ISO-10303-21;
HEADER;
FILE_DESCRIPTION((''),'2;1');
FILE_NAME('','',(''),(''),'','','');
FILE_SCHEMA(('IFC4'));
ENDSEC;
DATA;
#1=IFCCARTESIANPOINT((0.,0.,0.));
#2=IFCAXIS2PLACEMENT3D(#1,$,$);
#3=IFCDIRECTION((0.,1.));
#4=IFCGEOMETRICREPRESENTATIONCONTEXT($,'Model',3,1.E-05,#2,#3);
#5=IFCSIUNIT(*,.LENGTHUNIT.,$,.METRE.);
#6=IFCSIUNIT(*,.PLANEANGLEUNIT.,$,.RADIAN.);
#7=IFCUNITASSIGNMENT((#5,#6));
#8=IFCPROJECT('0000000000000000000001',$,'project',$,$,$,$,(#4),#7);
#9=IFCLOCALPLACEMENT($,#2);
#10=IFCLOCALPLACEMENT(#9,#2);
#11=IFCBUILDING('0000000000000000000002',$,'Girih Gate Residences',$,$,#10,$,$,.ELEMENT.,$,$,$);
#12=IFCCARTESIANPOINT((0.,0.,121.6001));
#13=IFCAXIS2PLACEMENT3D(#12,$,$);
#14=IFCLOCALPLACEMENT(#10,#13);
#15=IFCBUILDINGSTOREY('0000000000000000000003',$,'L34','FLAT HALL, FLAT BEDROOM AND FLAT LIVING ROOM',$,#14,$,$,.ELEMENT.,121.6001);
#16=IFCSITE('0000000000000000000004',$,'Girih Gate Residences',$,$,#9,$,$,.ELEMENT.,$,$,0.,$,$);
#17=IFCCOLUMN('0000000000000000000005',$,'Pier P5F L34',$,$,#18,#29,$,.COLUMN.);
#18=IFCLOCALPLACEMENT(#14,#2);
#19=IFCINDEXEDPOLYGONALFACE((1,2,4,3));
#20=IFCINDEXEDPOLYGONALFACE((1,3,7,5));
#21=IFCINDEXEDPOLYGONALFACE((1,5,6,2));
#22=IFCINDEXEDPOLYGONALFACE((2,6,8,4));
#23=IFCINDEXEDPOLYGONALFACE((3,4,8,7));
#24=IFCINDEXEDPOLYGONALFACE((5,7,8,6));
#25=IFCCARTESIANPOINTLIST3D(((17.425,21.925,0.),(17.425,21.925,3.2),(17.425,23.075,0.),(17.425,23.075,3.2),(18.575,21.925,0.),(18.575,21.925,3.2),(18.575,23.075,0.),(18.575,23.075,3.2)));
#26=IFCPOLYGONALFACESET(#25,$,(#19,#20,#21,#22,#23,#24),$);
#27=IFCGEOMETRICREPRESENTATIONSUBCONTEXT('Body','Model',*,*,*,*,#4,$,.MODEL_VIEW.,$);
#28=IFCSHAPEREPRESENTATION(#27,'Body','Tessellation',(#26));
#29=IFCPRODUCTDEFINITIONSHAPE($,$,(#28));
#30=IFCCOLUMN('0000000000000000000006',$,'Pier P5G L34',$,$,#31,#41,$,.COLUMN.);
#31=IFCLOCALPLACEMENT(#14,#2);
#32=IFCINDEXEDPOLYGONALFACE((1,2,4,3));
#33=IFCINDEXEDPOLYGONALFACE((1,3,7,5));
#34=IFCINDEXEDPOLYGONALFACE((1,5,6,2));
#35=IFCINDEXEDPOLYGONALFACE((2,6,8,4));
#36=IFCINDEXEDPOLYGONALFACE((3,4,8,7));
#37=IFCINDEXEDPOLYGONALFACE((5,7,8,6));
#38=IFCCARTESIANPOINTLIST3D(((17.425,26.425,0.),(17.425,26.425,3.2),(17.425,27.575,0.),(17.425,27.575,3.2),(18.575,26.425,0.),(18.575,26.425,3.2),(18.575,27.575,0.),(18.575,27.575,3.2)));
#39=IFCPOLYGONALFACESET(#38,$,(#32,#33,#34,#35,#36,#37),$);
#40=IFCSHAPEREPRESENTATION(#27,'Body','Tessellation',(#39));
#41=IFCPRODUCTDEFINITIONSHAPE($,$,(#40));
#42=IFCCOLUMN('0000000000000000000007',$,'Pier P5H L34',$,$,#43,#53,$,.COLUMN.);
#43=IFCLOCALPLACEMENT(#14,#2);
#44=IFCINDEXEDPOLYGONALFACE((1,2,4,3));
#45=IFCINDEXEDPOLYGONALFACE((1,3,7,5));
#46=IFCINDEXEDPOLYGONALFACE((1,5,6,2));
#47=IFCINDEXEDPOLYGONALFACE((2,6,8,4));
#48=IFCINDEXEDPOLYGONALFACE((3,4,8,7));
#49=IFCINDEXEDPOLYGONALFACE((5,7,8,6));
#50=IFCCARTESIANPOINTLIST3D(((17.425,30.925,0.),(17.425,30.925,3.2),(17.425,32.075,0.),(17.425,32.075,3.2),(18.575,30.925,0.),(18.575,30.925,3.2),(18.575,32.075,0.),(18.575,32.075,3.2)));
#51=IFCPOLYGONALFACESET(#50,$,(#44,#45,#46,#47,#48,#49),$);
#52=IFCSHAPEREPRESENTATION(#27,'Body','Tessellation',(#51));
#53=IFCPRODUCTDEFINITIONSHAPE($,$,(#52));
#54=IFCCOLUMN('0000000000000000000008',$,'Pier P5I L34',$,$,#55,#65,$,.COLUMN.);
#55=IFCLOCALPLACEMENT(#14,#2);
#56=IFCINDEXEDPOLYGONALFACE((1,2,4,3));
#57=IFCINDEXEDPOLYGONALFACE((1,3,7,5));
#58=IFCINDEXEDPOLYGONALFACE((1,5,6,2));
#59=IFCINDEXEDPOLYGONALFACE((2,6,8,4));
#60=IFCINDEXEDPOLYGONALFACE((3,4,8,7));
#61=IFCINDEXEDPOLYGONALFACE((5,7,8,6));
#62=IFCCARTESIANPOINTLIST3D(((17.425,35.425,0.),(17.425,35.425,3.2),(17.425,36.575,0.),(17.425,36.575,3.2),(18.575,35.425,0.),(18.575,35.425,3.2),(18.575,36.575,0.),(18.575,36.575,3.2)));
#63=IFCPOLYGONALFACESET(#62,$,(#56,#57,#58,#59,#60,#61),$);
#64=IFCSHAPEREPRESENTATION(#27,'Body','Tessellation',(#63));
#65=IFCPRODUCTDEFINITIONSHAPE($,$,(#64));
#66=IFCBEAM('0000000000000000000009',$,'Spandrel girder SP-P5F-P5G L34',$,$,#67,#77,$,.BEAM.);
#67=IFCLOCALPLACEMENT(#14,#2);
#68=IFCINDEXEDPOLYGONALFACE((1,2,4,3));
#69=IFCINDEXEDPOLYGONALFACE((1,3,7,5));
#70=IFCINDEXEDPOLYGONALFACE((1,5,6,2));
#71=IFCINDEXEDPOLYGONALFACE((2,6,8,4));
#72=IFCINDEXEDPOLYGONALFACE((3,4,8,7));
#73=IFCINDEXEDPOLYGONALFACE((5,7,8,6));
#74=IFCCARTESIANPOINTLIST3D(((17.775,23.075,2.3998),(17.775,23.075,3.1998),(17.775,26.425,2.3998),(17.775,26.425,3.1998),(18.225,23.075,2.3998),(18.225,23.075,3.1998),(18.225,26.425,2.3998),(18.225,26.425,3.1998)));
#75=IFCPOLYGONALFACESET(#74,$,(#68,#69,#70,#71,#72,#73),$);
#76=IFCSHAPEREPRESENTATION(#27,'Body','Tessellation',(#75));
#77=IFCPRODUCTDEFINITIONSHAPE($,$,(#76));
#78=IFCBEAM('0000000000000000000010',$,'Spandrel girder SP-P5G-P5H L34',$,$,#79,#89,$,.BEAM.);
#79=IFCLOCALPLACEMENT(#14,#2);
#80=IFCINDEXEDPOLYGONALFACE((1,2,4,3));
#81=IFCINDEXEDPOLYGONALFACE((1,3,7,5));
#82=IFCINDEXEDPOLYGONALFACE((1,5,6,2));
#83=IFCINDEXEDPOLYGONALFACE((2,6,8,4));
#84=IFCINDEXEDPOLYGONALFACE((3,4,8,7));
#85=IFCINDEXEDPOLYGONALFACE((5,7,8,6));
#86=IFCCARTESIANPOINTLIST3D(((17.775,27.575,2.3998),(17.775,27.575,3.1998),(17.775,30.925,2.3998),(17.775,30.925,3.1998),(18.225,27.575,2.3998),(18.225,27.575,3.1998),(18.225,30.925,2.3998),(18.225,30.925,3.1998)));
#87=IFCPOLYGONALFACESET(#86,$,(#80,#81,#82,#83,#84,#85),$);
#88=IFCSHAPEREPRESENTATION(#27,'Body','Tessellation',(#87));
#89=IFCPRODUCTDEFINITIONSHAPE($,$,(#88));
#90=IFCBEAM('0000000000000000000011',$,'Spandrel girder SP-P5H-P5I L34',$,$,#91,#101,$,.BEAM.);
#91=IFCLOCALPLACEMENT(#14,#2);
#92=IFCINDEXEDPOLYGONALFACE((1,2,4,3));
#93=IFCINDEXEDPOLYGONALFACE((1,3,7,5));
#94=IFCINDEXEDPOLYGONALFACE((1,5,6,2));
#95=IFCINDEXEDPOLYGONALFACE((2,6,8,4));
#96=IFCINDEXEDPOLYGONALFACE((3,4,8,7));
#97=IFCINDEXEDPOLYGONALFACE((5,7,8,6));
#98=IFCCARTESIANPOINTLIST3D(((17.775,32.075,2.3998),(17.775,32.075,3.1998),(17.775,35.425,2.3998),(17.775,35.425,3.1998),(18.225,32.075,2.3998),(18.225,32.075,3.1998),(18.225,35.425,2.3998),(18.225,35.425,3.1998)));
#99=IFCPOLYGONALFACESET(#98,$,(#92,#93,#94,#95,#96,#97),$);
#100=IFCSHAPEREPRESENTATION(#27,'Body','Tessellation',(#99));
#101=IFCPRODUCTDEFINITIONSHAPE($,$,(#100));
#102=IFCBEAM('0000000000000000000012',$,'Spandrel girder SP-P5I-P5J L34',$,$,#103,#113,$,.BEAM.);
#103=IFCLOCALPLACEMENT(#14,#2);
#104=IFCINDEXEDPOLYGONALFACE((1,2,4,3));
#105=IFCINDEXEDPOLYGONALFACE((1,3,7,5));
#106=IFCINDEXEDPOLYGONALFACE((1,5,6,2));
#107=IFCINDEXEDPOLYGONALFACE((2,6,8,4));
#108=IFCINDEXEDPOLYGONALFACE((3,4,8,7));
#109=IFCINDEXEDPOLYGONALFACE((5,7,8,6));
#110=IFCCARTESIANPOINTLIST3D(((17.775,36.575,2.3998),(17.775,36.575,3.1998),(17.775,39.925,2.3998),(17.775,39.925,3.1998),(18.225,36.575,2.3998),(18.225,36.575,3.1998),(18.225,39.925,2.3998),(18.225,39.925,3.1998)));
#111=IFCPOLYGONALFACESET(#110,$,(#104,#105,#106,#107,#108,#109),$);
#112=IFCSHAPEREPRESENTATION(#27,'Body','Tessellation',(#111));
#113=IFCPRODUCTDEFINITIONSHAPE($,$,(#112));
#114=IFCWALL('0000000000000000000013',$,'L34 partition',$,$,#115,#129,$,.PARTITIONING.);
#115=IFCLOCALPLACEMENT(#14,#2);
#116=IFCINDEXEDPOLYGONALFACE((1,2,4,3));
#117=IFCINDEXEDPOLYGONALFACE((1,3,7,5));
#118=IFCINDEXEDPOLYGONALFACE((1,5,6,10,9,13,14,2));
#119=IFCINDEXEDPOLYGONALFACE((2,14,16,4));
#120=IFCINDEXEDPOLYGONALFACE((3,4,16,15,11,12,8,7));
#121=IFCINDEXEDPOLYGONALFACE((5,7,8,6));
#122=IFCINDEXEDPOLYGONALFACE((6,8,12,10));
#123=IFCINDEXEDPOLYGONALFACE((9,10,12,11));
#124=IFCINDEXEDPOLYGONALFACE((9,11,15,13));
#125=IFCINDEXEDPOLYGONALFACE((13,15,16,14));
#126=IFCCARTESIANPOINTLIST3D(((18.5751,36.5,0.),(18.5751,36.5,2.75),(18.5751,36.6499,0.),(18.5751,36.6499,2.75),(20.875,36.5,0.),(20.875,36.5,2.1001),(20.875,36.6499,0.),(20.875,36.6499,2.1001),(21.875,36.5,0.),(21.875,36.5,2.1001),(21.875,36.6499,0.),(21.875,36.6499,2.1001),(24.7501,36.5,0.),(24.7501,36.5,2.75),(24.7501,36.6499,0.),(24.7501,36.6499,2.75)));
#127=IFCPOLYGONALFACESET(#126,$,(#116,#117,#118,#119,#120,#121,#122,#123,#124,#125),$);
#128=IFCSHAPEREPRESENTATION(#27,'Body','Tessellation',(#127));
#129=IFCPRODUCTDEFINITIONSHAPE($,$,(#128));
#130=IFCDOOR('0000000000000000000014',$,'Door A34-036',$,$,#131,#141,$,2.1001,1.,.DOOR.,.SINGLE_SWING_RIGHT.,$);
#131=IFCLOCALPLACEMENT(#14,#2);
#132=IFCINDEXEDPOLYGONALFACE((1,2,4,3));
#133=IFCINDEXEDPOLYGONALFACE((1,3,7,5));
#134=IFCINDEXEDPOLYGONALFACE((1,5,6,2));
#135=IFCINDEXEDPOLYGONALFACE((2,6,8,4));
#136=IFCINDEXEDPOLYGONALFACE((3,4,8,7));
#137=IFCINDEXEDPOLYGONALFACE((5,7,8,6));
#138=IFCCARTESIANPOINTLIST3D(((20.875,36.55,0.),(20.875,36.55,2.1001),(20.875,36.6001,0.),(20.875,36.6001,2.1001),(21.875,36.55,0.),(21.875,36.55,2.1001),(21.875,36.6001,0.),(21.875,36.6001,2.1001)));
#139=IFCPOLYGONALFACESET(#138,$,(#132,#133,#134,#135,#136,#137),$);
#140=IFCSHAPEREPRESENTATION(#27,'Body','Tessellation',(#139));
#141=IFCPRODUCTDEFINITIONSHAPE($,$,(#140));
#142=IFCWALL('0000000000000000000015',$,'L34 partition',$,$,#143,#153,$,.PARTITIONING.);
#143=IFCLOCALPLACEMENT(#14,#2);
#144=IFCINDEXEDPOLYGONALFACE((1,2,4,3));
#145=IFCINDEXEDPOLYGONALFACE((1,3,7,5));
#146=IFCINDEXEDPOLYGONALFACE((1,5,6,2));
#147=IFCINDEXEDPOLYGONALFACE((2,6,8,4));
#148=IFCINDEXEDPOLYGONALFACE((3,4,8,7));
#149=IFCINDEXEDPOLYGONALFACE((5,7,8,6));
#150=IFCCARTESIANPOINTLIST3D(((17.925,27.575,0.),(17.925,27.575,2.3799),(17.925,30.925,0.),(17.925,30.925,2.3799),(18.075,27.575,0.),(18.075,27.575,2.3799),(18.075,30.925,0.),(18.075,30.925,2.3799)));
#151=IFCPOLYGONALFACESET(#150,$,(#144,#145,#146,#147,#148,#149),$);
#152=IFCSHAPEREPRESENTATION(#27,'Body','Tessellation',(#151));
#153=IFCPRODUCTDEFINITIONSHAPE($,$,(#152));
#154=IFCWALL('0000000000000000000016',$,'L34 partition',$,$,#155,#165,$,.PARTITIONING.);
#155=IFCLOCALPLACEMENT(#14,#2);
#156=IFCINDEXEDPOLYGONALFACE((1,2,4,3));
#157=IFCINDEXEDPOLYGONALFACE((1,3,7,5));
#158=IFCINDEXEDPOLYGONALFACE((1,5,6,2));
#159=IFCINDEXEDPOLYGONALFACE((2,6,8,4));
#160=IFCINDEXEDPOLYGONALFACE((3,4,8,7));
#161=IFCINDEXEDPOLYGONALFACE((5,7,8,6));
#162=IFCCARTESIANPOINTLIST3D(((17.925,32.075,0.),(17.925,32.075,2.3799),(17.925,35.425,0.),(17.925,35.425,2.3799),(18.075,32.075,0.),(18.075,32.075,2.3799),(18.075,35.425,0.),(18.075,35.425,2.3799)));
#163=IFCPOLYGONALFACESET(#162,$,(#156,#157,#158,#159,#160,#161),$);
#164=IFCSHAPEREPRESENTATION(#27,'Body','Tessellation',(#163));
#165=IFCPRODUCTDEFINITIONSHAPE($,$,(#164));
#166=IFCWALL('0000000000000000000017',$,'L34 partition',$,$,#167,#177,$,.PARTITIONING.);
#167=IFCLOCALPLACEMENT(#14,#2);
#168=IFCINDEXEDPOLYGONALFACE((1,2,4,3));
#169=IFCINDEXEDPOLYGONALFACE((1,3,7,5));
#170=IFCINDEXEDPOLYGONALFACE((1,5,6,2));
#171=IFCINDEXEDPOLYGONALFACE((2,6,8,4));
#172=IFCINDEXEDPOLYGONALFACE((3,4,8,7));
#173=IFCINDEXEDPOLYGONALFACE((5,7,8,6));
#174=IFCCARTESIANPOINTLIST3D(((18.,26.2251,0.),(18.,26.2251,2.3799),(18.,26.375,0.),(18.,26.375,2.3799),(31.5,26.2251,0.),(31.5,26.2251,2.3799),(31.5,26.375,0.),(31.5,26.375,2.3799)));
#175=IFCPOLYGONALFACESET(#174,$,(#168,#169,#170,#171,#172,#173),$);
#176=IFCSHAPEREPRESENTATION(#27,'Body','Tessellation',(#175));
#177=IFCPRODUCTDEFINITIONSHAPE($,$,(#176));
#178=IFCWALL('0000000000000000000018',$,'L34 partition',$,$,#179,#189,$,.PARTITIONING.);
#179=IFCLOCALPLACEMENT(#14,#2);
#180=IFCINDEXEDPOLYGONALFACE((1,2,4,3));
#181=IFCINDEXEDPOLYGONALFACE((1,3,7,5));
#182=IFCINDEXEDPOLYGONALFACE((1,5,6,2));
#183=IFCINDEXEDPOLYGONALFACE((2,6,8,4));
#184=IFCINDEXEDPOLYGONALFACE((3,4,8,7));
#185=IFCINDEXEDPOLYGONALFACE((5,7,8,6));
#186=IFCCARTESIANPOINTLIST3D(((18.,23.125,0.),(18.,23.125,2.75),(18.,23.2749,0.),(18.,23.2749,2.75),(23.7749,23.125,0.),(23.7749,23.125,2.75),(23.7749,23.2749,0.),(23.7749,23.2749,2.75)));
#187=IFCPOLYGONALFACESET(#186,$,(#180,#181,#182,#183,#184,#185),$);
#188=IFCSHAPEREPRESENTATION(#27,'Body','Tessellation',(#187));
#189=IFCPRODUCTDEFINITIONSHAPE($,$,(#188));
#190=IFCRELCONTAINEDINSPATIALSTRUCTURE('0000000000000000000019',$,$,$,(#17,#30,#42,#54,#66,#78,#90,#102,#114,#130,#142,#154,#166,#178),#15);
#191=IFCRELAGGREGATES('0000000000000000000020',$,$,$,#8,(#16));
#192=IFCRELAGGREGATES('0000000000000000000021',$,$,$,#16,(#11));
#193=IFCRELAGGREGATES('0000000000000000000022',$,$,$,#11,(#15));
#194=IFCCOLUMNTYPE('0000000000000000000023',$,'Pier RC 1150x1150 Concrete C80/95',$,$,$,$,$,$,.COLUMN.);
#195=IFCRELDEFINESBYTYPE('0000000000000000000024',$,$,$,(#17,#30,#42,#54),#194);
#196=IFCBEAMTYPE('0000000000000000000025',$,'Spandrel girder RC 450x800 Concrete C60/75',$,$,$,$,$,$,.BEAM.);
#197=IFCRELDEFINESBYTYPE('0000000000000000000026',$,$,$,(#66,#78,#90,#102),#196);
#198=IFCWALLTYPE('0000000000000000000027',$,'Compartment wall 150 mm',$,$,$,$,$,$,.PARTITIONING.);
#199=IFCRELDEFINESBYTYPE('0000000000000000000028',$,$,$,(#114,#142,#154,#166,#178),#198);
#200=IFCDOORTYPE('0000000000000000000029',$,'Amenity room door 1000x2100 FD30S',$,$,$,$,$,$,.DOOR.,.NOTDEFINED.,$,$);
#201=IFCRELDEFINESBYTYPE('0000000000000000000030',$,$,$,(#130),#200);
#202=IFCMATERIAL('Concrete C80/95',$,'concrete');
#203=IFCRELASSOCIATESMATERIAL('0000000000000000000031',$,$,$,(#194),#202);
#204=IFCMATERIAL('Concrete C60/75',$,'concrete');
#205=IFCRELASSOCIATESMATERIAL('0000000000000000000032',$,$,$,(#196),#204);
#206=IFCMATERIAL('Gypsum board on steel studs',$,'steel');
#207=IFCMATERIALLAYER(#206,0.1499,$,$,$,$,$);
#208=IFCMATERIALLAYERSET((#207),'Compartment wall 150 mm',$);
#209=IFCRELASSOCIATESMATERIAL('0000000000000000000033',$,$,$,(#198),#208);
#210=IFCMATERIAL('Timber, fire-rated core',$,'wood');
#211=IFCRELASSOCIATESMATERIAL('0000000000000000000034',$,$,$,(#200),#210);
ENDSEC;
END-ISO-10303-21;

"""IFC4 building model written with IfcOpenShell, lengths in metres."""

from ifc_helpers import new_model, si_unit, direction, frame, frame_2d, origin, origin_2d, place, context, subcontext, project, spatial, rectangle, extrude, material, layer, layer_set, material_profile, profile_set, type_object, element, fill, save


model = new_model("IFC4")

# Units and contexts
model_context = context("Model", 3, precision=1e-05, world=origin(), true_north=direction((0.0, 1.0)))
body_context = subcontext(model_context, "Body", "Model", "MODEL_VIEW")
ifc_project = project(units=[si_unit("LENGTHUNIT", "METRE"), si_unit("PLANEANGLEUNIT", "RADIAN")], contexts=[model_context])

# Site, building, storey
site_placement = place(None, origin())
site = spatial("IfcSite", under=ifc_project, at=site_placement, Name="Girih Gate Residences", CompositionType="ELEMENT", RefElevation=0.0)
building_placement = place(site_placement, origin())
building = spatial("IfcBuilding", under=site, at=building_placement, Name="Girih Gate Residences", CompositionType="ELEMENT")
storey_placement = place(building_placement, frame((0.0, 0.0, 121.6001)))
storey = spatial("IfcBuildingStorey", under=building, at=storey_placement, Name="L34", Description="FLAT HALL, FLAT BEDROOM AND FLAT LIVING ROOM", CompositionType="ELEMENT", Elevation=121.6001)

# Columns
ifc_material_1 = material(Name="Concrete C80/95", Category="concrete")
ifc_material_profile_1 = material_profile(ifc_material_1, rectangle(XDim=1.1499, YDim=1.1499, at=origin_2d()))
ifc_profile_set_1 = profile_set([ifc_material_profile_1], Name="Concrete C80/95")
column_type = type_object("IfcColumnType", Name="Pier RC 1150x1150 Concrete C80/95", PredefinedType="COLUMN", material=ifc_profile_set_1)
for number, where, z_axis, x_axis, name in (
    (1, (18.0, 22.5, 0.0), (0.0, 0.0, 1.0), (1.0, 0.0, 0.0), "Pier P5F L34"),
    (2, (18.0, 27.0, 0.0), (0.0, 0.0, 1.0), (1.0, 0.0, 0.0), "Pier P5G L34"),
    (3, (18.0, 31.5, 0.0), (0.0, 0.0, 1.0), (1.0, 0.0, 0.0), "Pier P5H L34"),
    (4, (18.0, 36.0, 0.0), (0.0, 0.0, 1.0), (1.0, 0.0, 0.0), "Pier P5I L34"),
):
    element("IfcColumn", number, at=place(storey_placement, frame(where, z_axis=z_axis, x_axis=x_axis)), inside=storey, type_object=column_type, Name=name, PredefinedType="COLUMN", context=body_context, shape_type="SweptSolid", body=[
        extrude(rectangle(XDim=1.1499, YDim=1.1499, at=origin_2d()), origin(), (0.0, 0.0, 1.0), 3.2),
    ])

# Beams
ifc_material_2 = material(Name="Concrete C60/75", Category="concrete")
ifc_material_profile_2 = material_profile(ifc_material_2, rectangle(XDim=0.45, YDim=0.8, at=origin_2d()))
ifc_profile_set_2 = profile_set([ifc_material_profile_2], Name="Concrete C60/75")
beam_type = type_object("IfcBeamType", Name="Spandrel girder RC 450x800 Concrete C60/75", PredefinedType="BEAM", material=ifc_profile_set_2)
for number, where, z_axis, x_axis, name in (
    (5, (18.0, 23.075, 2.7998), (0.0, 1.0, 0.0), (-1.0, 0.0, 0.0), "Spandrel girder SP-P5F-P5G L34"),
    (6, (18.0, 27.575, 2.7998), (0.0, 1.0, 0.0), (-1.0, 0.0, 0.0), "Spandrel girder SP-P5G-P5H L34"),
    (7, (18.0, 32.075, 2.7998), (0.0, 1.0, 0.0), (-1.0, 0.0, 0.0), "Spandrel girder SP-P5H-P5I L34"),
    (8, (18.0, 36.575, 2.7998), (0.0, 1.0, 0.0), (-1.0, 0.0, 0.0), "Spandrel girder SP-P5I-P5J L34"),
):
    element("IfcBeam", number, at=place(storey_placement, frame(where, z_axis=z_axis, x_axis=x_axis)), inside=storey, type_object=beam_type, Name=name, PredefinedType="BEAM", context=body_context, shape_type="SweptSolid", body=[
        extrude(rectangle(XDim=0.45, YDim=0.8, at=origin_2d()), origin(), (0.0, 0.0, 1.0), 3.3501),
    ])

# Wall, opening, door
ifc_material_3 = material(Name="Gypsum board on steel studs", Category="steel")
ifc_layer_1 = layer(ifc_material_3, 0.1499)
ifc_layer_set_1 = layer_set([ifc_layer_1], Name="Compartment wall 150 mm")
wall_type_1 = type_object("IfcWallType", Name="Compartment wall 150 mm", PredefinedType="PARTITIONING", material=ifc_layer_set_1)
wall_1_placement = place(storey_placement, frame((24.75, 36.575, 0.0), z_axis=(0.0, 0.0, 1.0), x_axis=(-1.0, 0.0, 0.0)))
wall_1 = element("IfcWall", 9, at=wall_1_placement, inside=storey, type_object=wall_type_1, Name="L34 partition", PredefinedType="PARTITIONING", context=body_context, shape_type="SweptSolid", body=[
    extrude(rectangle(XDim=6.175, YDim=0.1499, at=frame_2d((3.0874, 0.0))), origin(), (0.0, 0.0, 1.0), 2.75),
])
opening_1_placement = place(wall_1_placement, frame((2.875, 0.0, 0.0)))
opening_1 = element("IfcOpeningElement", 10, at=opening_1_placement, cuts=wall_1, PredefinedType="OPENING", context=body_context, shape_type="SweptSolid", body=[
    extrude(rectangle(XDim=1.0, YDim=2.1001, at=frame_2d((0.5, 1.05))), frame((0.0, 0.085, 0.0), z_axis=(0.0, -1.0, 0.0), x_axis=(1.0, 0.0, 0.0)), (0.0, 0.0, 1.0), 0.1699),
])
ifc_material_4 = material(Name="Timber, fire-rated core", Category="wood")
door_type_1 = type_object("IfcDoorType", Name="Amenity room door 1000x2100 FD30S", OperationType="NOTDEFINED", PredefinedType="DOOR", material=ifc_material_4)
door_1_placement = place(opening_1_placement, origin())
door_1 = element("IfcDoor", 11, at=door_1_placement, inside=storey, type_object=door_type_1, Name="Door A34-036", OperationType="SINGLE_SWING_RIGHT", OverallHeight=2.1001, OverallWidth=1.0, PredefinedType="DOOR", context=body_context, shape_type="SweptSolid", body=[
    extrude(rectangle(XDim=1.0, YDim=2.1001, at=frame_2d((0.5, 1.05))), frame((0.0, 0.0249, 0.0), z_axis=(0.0, -1.0, 0.0), x_axis=(1.0, 0.0, 0.0)), (0.0, 0.0, 1.0), 0.05),
])
fill(opening_1, door_1)

# Walls
for number, where, z_axis, x_axis, name in (
    (12, (18.0, 27.575, 0.0), (0.0, 0.0, 1.0), (0.0, 1.0, 0.0), "L34 partition"),
    (13, (18.0, 32.075, 0.0), (0.0, 0.0, 1.0), (0.0, 1.0, 0.0), "L34 partition"),
):
    element("IfcWall", number, at=place(storey_placement, frame(where, z_axis=z_axis, x_axis=x_axis)), inside=storey, type_object=wall_type_1, Name=name, PredefinedType="PARTITIONING", context=body_context, shape_type="SweptSolid", body=[
        extrude(rectangle(XDim=3.3501, YDim=0.1499, at=frame_2d((1.675, 0.0))), origin(), (0.0, 0.0, 1.0), 2.3799),
    ])
wall_2_placement = place(storey_placement, frame((18.0, 26.3, 0.0), z_axis=(0.0, 0.0, 1.0), x_axis=(1.0, 0.0, 0.0)))
element("IfcWall", 14, at=wall_2_placement, inside=storey, type_object=wall_type_1, Name="L34 partition", PredefinedType="PARTITIONING", context=body_context, shape_type="SweptSolid", body=[
    extrude(rectangle(XDim=13.5, YDim=0.1499, at=frame_2d((6.75, 0.0))), origin(), (0.0, 0.0, 1.0), 2.3799),
])
wall_3_placement = place(storey_placement, frame((18.0, 23.2, 0.0), z_axis=(0.0, 0.0, 1.0), x_axis=(1.0, 0.0, 0.0)))
element("IfcWall", 15, at=wall_3_placement, inside=storey, type_object=wall_type_1, Name="L34 partition", PredefinedType="PARTITIONING", context=body_context, shape_type="SweptSolid", body=[
    extrude(rectangle(XDim=5.7749, YDim=0.1499, at=frame_2d((2.8875, 0.0))), origin(), (0.0, 0.0, 1.0), 2.75),
])

save(model, "model.ifc")
